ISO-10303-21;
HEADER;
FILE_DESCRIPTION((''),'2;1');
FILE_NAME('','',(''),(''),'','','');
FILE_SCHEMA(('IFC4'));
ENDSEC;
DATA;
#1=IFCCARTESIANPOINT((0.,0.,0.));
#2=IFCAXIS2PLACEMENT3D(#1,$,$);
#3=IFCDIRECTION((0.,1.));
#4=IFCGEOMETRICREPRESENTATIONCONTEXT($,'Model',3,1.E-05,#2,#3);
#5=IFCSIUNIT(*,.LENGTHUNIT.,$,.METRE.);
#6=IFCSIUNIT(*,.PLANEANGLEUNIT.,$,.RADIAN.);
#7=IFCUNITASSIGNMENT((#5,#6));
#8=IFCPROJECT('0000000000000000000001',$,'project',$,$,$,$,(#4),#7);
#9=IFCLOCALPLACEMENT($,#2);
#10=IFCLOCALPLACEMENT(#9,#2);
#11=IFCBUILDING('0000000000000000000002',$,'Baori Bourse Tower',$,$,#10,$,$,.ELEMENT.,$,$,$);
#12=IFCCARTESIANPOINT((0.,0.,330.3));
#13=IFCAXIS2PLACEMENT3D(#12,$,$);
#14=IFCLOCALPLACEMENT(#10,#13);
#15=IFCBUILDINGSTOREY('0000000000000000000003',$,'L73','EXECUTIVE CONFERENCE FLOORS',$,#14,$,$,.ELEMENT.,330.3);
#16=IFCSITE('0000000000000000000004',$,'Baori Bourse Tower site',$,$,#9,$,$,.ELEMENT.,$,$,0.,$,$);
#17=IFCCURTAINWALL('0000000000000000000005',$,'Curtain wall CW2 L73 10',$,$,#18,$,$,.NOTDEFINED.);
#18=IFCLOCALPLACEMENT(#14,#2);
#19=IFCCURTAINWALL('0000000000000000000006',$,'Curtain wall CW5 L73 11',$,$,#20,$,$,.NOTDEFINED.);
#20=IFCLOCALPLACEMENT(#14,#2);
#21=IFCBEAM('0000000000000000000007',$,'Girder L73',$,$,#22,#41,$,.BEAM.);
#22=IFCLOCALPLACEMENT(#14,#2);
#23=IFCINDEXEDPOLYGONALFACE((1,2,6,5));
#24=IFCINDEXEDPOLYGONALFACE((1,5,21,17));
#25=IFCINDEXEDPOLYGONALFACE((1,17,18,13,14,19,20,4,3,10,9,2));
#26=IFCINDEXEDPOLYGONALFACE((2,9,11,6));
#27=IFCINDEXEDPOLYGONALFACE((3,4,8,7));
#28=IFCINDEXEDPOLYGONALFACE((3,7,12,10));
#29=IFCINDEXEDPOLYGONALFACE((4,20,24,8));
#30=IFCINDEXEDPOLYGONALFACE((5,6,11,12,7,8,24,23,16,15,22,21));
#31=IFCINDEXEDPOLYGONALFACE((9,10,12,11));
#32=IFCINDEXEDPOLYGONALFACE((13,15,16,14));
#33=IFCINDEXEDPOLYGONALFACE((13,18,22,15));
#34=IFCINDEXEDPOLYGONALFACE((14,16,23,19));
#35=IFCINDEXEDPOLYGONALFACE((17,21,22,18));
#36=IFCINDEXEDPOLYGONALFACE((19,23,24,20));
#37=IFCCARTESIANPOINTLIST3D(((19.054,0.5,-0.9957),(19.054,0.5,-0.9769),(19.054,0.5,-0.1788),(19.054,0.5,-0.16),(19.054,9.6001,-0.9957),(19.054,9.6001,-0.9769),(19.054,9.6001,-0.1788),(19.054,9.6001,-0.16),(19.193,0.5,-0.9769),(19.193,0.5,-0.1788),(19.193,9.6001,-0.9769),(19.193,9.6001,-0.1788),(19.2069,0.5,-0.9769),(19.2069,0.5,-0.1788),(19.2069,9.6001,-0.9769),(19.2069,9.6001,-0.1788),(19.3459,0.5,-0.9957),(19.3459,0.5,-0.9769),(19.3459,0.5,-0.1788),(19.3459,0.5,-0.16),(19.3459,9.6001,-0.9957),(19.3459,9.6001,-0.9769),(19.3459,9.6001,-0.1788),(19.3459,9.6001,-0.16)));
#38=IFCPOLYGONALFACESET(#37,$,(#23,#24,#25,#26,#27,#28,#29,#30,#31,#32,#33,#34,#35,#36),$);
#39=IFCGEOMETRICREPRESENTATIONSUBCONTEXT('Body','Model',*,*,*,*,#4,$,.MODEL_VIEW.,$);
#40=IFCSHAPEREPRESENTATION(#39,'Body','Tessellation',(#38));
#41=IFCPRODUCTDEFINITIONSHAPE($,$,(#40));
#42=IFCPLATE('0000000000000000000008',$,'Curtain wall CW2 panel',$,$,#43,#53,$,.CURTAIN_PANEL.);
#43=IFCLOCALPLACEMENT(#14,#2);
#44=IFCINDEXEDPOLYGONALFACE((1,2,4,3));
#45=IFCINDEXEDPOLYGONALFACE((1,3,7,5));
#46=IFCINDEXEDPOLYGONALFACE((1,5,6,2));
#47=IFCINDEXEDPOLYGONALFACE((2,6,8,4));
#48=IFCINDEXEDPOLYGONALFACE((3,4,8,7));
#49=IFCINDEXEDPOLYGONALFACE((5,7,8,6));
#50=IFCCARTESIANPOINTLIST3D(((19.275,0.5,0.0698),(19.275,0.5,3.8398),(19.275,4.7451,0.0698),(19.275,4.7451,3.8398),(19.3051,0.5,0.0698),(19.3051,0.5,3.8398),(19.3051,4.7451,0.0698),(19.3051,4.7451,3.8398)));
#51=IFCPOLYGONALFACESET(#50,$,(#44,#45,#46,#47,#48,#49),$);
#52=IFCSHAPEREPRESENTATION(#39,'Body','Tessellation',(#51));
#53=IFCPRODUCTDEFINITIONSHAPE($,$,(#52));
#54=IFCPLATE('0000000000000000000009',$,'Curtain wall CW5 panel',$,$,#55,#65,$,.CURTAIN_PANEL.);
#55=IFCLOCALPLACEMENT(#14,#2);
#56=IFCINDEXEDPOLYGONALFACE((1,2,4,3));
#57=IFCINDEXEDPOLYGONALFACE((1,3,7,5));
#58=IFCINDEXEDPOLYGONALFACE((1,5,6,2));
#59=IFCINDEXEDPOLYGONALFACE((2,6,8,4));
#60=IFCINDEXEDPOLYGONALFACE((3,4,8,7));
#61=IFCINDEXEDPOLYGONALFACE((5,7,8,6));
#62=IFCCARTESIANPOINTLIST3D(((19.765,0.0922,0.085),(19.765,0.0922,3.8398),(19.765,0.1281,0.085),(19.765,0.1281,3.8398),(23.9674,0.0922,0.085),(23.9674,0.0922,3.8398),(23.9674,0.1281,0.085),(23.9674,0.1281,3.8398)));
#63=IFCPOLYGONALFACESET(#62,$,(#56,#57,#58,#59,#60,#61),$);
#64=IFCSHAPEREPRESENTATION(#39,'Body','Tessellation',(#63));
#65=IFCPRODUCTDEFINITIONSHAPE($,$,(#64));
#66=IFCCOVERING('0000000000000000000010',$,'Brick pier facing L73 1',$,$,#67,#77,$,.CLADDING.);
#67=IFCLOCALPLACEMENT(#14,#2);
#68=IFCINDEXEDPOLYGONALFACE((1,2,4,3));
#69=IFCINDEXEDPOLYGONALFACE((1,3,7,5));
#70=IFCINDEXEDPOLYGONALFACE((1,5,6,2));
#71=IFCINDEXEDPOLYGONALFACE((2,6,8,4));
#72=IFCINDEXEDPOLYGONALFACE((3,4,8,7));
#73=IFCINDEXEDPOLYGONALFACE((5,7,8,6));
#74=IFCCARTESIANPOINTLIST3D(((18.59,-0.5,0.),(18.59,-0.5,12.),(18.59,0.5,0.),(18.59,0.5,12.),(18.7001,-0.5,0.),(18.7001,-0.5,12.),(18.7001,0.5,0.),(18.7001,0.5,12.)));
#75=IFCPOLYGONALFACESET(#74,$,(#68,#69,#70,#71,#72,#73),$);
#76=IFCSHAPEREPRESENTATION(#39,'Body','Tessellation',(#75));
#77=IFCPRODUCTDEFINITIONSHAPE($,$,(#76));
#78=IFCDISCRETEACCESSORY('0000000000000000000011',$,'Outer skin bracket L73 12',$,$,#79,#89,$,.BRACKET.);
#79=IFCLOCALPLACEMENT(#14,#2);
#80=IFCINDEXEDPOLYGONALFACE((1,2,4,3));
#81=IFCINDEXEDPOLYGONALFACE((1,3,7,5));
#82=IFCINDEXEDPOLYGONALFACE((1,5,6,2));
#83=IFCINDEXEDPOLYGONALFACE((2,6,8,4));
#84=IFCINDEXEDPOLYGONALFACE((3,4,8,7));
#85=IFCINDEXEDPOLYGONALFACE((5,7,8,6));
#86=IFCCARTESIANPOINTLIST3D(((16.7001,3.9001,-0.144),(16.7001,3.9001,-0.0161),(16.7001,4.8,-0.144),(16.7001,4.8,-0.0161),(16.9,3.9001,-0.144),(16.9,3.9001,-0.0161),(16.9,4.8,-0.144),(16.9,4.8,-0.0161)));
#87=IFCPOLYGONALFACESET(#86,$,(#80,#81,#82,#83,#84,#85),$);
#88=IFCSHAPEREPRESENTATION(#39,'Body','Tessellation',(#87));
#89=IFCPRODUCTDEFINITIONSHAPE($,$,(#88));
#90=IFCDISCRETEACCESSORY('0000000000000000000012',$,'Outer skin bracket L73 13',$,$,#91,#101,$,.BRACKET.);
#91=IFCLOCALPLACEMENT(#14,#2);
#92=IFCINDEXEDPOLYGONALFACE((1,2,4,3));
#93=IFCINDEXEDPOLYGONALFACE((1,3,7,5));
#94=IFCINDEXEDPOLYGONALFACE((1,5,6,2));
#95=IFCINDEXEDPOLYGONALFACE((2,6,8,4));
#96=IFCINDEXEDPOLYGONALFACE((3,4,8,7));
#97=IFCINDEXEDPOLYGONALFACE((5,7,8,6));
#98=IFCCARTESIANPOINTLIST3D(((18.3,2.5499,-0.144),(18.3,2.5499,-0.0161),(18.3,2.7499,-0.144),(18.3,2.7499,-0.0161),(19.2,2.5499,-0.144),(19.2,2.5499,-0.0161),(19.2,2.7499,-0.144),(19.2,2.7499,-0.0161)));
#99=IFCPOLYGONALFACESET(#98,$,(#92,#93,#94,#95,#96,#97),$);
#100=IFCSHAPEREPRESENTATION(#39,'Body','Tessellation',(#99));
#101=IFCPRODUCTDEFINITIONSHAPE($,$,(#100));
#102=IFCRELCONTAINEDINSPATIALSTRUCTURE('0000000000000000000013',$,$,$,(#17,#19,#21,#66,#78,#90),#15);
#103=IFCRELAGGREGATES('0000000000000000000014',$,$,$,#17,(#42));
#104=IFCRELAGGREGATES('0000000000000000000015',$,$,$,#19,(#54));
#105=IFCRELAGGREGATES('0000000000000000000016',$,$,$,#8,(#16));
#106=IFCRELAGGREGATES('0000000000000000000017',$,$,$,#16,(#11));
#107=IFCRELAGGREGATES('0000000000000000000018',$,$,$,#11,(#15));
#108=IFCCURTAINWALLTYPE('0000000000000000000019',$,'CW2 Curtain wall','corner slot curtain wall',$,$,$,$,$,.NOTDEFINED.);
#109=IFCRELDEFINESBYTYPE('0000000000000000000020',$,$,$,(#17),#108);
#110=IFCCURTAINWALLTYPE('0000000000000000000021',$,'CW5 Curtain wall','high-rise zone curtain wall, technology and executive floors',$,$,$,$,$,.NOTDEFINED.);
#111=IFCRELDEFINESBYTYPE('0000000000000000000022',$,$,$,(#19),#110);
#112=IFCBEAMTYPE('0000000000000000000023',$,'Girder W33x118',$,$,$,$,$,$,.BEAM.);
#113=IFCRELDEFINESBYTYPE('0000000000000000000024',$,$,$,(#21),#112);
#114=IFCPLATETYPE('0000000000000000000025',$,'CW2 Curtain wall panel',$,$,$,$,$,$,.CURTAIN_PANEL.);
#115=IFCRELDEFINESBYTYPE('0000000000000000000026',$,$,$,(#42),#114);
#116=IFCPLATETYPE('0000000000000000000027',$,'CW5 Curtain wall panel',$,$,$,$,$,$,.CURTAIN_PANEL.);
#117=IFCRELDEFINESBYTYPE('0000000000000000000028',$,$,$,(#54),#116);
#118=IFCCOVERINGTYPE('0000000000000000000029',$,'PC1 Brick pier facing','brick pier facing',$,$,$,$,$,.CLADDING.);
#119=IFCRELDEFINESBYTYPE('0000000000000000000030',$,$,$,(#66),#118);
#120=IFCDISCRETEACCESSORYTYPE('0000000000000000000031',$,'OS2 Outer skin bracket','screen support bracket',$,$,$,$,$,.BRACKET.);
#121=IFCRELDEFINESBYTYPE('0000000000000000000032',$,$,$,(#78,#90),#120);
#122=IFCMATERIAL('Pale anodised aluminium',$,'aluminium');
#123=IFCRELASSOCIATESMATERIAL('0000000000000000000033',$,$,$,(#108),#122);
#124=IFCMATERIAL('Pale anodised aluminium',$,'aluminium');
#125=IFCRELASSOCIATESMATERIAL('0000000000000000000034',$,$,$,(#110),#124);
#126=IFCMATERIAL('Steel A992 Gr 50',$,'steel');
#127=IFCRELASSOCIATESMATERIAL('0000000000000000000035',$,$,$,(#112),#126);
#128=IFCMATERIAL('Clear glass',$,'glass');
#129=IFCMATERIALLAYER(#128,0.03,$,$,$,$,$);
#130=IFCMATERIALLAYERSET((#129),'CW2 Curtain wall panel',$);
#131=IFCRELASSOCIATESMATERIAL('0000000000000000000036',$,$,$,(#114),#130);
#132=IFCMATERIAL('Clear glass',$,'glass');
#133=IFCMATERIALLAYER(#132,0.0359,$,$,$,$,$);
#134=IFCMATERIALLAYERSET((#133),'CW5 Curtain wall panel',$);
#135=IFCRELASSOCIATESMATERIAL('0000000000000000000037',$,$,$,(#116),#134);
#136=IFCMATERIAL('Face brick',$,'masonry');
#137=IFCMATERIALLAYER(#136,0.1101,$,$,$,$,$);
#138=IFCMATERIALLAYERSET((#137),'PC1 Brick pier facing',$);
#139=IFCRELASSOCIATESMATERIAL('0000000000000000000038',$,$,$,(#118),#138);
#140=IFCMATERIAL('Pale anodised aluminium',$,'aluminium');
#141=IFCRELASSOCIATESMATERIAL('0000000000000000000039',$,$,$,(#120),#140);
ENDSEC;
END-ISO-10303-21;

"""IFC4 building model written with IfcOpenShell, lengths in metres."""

from ifc_helpers import new_model, si_unit, direction, frame, origin, origin_2d, place, context, subcontext, project, spatial, rectangle, i_section, extrude, material, layer, layer_set, material_profile, profile_set, type_object, element, aggregate, save


model = new_model("IFC4")

# Units and contexts
model_context = context("Model", 3, precision=1e-05, world=origin(), true_north=direction((0.0, 1.0)))
body_context = subcontext(model_context, "Body", "Model", "MODEL_VIEW")
ifc_project = project(units=[si_unit("LENGTHUNIT", "METRE"), si_unit("PLANEANGLEUNIT", "RADIAN")], contexts=[model_context])

# Site, building, storey
site_placement = place(None, origin())
site = spatial("IfcSite", under=ifc_project, at=site_placement, Name="Baori Bourse Tower site", CompositionType="ELEMENT", RefElevation=0.0)
building_placement = place(site_placement, origin())
building = spatial("IfcBuilding", under=site, at=building_placement, Name="Baori Bourse Tower", CompositionType="ELEMENT")
storey_placement = place(building_placement, frame((0.0, 0.0, 330.3)))
storey = spatial("IfcBuildingStorey", under=building, at=storey_placement, Name="L73", Description="EXECUTIVE CONFERENCE FLOORS", CompositionType="ELEMENT", Elevation=330.3)

# Curtain wall
ifc_material_1 = material(Name="Pale anodised aluminium", Category="aluminium")
curtain_wall_type_1 = type_object("IfcCurtainWallType", Name="CW2 Curtain wall", Description="corner slot curtain wall", PredefinedType="NOTDEFINED", material=ifc_material_1)
curtain_wall_1_placement = place(storey_placement, origin())
curtain_wall_1 = element("IfcCurtainWall", 1, at=curtain_wall_1_placement, inside=storey, type_object=curtain_wall_type_1, Name="Curtain wall CW2 L73 10", PredefinedType="NOTDEFINED")

# Curtain wall
ifc_material_2 = material(Name="Pale anodised aluminium", Category="aluminium")
curtain_wall_type_2 = type_object("IfcCurtainWallType", Name="CW5 Curtain wall", Description="high-rise zone curtain wall, technology and executive floors", PredefinedType="NOTDEFINED", material=ifc_material_2)
curtain_wall_2_placement = place(storey_placement, origin())
curtain_wall_2 = element("IfcCurtainWall", 2, at=curtain_wall_2_placement, inside=storey, type_object=curtain_wall_type_2, Name="Curtain wall CW5 L73 11", PredefinedType="NOTDEFINED")

# Beam
ifc_material_3 = material(Name="Steel A992 Gr 50", Category="steel")
ifc_material_profile_1 = material_profile(ifc_material_3, i_section(OverallWidth=0.292, OverallDepth=0.8357, WebThickness=0.0139, FlangeThickness=0.0188, at=origin_2d()), Name="W33x118")
ifc_profile_set_1 = profile_set([ifc_material_profile_1], Name="Steel A992 Gr 50")
beam_type_1 = type_object("IfcBeamType", Name="Girder W33x118", PredefinedType="BEAM", material=ifc_profile_set_1)
beam_1_placement = place(storey_placement, frame((19.2, 0.5, -0.5779), z_axis=(0.0, 1.0, 0.0), x_axis=(-1.0, 0.0, 0.0)))
element("IfcBeam", 3, at=beam_1_placement, inside=storey, type_object=beam_type_1, Name="Girder L73", PredefinedType="BEAM", context=body_context, shape_type="SweptSolid", body=[
    extrude(i_section(OverallWidth=0.292, OverallDepth=0.8357, WebThickness=0.0139, FlangeThickness=0.0188, at=origin_2d()), origin(), (0.0, 0.0, 1.0), 9.1001),
])

# Plates
ifc_material_4 = material(Name="Clear glass", Category="glass")
ifc_layer_1 = layer(ifc_material_4, 0.03)
ifc_layer_set_1 = layer_set([ifc_layer_1], Name="CW2 Curtain wall panel")
plate_type_1 = type_object("IfcPlateType", Name="CW2 Curtain wall panel", PredefinedType="CURTAIN_PANEL", material=ifc_layer_set_1)
plate_1_placement = place(storey_placement, frame((19.29, 2.6226, 0.0698), z_axis=(0.0, 0.0, 1.0), x_axis=(0.0, -1.0, 0.0)))
plate_1 = element("IfcPlate", 4, at=plate_1_placement, type_object=plate_type_1, Name="Curtain wall CW2 panel", PredefinedType="CURTAIN_PANEL", context=body_context, shape_type="SweptSolid", body=[
    extrude(rectangle(XDim=4.2451, YDim=0.03, at=origin_2d()), origin(), (0.0, 0.0, 1.0), 3.77),
])
aggregate(curtain_wall_1, [plate_1])
ifc_material_5 = material(Name="Clear glass", Category="glass")
ifc_layer_2 = layer(ifc_material_5, 0.0359)
ifc_layer_set_2 = layer_set([ifc_layer_2], Name="CW5 Curtain wall panel")
plate_type_2 = type_object("IfcPlateType", Name="CW5 Curtain wall panel", PredefinedType="CURTAIN_PANEL", material=ifc_layer_set_2)
plate_2_placement = place(storey_placement, frame((21.8662, 0.1101, 0.085), z_axis=(0.0, 0.0, 1.0), x_axis=(1.0, 0.0, 0.0)))
plate_2 = element("IfcPlate", 5, at=plate_2_placement, type_object=plate_type_2, Name="Curtain wall CW5 panel", PredefinedType="CURTAIN_PANEL", context=body_context, shape_type="SweptSolid", body=[
    extrude(rectangle(XDim=4.2024, YDim=0.0359, at=origin_2d()), origin(), (0.0, 0.0, 1.0), 3.7549),
])
aggregate(curtain_wall_2, [plate_2])

# Covering
ifc_material_6 = material(Name="Face brick", Category="masonry")
ifc_layer_3 = layer(ifc_material_6, 0.1101)
ifc_layer_set_3 = layer_set([ifc_layer_3], Name="PC1 Brick pier facing")
covering_type = type_object("IfcCoveringType", Name="PC1 Brick pier facing", Description="brick pier facing", PredefinedType="CLADDING", material=ifc_layer_set_3)
covering_placement = place(storey_placement, frame((18.645, 0.0, 0.0), z_axis=(0.0, 0.0, 1.0), x_axis=(1.0, 0.0, 0.0)))
element("IfcCovering", 6, at=covering_placement, inside=storey, type_object=covering_type, Name="Brick pier facing L73 1", PredefinedType="CLADDING", context=body_context, shape_type="SweptSolid", body=[
    extrude(rectangle(XDim=0.1101, YDim=1.0, at=origin_2d()), origin(), (0.0, 0.0, 1.0), 12.0),
])

# Discrete accessories
ifc_material_7 = material(Name="Pale anodised aluminium", Category="aluminium")
discrete_accessory_type = type_object("IfcDiscreteAccessoryType", Name="OS2 Outer skin bracket", Description="screen support bracket", PredefinedType="BRACKET", material=ifc_material_7)
for number, where, z_axis, x_axis, name in (
    (7, (16.8, 4.3501, -0.144), (0.0, 0.0, 1.0), (1.0, 0.0, 0.0), "Outer skin bracket L73 12"),
    (8, (18.75, 2.6499, -0.144), (0.0, 0.0, 1.0), (0.0, -1.0, 0.0), "Outer skin bracket L73 13"),
):
    element("IfcDiscreteAccessory", number, at=place(storey_placement, frame(where, z_axis=z_axis, x_axis=x_axis)), inside=storey, type_object=discrete_accessory_type, Name=name, PredefinedType="BRACKET", context=body_context, shape_type="SweptSolid", body=[
        extrude(rectangle(XDim=0.2, YDim=0.8999, at=origin_2d()), origin(), (0.0, 0.0, 1.0), 0.1279),
    ])

save(model, "model.ifc")
